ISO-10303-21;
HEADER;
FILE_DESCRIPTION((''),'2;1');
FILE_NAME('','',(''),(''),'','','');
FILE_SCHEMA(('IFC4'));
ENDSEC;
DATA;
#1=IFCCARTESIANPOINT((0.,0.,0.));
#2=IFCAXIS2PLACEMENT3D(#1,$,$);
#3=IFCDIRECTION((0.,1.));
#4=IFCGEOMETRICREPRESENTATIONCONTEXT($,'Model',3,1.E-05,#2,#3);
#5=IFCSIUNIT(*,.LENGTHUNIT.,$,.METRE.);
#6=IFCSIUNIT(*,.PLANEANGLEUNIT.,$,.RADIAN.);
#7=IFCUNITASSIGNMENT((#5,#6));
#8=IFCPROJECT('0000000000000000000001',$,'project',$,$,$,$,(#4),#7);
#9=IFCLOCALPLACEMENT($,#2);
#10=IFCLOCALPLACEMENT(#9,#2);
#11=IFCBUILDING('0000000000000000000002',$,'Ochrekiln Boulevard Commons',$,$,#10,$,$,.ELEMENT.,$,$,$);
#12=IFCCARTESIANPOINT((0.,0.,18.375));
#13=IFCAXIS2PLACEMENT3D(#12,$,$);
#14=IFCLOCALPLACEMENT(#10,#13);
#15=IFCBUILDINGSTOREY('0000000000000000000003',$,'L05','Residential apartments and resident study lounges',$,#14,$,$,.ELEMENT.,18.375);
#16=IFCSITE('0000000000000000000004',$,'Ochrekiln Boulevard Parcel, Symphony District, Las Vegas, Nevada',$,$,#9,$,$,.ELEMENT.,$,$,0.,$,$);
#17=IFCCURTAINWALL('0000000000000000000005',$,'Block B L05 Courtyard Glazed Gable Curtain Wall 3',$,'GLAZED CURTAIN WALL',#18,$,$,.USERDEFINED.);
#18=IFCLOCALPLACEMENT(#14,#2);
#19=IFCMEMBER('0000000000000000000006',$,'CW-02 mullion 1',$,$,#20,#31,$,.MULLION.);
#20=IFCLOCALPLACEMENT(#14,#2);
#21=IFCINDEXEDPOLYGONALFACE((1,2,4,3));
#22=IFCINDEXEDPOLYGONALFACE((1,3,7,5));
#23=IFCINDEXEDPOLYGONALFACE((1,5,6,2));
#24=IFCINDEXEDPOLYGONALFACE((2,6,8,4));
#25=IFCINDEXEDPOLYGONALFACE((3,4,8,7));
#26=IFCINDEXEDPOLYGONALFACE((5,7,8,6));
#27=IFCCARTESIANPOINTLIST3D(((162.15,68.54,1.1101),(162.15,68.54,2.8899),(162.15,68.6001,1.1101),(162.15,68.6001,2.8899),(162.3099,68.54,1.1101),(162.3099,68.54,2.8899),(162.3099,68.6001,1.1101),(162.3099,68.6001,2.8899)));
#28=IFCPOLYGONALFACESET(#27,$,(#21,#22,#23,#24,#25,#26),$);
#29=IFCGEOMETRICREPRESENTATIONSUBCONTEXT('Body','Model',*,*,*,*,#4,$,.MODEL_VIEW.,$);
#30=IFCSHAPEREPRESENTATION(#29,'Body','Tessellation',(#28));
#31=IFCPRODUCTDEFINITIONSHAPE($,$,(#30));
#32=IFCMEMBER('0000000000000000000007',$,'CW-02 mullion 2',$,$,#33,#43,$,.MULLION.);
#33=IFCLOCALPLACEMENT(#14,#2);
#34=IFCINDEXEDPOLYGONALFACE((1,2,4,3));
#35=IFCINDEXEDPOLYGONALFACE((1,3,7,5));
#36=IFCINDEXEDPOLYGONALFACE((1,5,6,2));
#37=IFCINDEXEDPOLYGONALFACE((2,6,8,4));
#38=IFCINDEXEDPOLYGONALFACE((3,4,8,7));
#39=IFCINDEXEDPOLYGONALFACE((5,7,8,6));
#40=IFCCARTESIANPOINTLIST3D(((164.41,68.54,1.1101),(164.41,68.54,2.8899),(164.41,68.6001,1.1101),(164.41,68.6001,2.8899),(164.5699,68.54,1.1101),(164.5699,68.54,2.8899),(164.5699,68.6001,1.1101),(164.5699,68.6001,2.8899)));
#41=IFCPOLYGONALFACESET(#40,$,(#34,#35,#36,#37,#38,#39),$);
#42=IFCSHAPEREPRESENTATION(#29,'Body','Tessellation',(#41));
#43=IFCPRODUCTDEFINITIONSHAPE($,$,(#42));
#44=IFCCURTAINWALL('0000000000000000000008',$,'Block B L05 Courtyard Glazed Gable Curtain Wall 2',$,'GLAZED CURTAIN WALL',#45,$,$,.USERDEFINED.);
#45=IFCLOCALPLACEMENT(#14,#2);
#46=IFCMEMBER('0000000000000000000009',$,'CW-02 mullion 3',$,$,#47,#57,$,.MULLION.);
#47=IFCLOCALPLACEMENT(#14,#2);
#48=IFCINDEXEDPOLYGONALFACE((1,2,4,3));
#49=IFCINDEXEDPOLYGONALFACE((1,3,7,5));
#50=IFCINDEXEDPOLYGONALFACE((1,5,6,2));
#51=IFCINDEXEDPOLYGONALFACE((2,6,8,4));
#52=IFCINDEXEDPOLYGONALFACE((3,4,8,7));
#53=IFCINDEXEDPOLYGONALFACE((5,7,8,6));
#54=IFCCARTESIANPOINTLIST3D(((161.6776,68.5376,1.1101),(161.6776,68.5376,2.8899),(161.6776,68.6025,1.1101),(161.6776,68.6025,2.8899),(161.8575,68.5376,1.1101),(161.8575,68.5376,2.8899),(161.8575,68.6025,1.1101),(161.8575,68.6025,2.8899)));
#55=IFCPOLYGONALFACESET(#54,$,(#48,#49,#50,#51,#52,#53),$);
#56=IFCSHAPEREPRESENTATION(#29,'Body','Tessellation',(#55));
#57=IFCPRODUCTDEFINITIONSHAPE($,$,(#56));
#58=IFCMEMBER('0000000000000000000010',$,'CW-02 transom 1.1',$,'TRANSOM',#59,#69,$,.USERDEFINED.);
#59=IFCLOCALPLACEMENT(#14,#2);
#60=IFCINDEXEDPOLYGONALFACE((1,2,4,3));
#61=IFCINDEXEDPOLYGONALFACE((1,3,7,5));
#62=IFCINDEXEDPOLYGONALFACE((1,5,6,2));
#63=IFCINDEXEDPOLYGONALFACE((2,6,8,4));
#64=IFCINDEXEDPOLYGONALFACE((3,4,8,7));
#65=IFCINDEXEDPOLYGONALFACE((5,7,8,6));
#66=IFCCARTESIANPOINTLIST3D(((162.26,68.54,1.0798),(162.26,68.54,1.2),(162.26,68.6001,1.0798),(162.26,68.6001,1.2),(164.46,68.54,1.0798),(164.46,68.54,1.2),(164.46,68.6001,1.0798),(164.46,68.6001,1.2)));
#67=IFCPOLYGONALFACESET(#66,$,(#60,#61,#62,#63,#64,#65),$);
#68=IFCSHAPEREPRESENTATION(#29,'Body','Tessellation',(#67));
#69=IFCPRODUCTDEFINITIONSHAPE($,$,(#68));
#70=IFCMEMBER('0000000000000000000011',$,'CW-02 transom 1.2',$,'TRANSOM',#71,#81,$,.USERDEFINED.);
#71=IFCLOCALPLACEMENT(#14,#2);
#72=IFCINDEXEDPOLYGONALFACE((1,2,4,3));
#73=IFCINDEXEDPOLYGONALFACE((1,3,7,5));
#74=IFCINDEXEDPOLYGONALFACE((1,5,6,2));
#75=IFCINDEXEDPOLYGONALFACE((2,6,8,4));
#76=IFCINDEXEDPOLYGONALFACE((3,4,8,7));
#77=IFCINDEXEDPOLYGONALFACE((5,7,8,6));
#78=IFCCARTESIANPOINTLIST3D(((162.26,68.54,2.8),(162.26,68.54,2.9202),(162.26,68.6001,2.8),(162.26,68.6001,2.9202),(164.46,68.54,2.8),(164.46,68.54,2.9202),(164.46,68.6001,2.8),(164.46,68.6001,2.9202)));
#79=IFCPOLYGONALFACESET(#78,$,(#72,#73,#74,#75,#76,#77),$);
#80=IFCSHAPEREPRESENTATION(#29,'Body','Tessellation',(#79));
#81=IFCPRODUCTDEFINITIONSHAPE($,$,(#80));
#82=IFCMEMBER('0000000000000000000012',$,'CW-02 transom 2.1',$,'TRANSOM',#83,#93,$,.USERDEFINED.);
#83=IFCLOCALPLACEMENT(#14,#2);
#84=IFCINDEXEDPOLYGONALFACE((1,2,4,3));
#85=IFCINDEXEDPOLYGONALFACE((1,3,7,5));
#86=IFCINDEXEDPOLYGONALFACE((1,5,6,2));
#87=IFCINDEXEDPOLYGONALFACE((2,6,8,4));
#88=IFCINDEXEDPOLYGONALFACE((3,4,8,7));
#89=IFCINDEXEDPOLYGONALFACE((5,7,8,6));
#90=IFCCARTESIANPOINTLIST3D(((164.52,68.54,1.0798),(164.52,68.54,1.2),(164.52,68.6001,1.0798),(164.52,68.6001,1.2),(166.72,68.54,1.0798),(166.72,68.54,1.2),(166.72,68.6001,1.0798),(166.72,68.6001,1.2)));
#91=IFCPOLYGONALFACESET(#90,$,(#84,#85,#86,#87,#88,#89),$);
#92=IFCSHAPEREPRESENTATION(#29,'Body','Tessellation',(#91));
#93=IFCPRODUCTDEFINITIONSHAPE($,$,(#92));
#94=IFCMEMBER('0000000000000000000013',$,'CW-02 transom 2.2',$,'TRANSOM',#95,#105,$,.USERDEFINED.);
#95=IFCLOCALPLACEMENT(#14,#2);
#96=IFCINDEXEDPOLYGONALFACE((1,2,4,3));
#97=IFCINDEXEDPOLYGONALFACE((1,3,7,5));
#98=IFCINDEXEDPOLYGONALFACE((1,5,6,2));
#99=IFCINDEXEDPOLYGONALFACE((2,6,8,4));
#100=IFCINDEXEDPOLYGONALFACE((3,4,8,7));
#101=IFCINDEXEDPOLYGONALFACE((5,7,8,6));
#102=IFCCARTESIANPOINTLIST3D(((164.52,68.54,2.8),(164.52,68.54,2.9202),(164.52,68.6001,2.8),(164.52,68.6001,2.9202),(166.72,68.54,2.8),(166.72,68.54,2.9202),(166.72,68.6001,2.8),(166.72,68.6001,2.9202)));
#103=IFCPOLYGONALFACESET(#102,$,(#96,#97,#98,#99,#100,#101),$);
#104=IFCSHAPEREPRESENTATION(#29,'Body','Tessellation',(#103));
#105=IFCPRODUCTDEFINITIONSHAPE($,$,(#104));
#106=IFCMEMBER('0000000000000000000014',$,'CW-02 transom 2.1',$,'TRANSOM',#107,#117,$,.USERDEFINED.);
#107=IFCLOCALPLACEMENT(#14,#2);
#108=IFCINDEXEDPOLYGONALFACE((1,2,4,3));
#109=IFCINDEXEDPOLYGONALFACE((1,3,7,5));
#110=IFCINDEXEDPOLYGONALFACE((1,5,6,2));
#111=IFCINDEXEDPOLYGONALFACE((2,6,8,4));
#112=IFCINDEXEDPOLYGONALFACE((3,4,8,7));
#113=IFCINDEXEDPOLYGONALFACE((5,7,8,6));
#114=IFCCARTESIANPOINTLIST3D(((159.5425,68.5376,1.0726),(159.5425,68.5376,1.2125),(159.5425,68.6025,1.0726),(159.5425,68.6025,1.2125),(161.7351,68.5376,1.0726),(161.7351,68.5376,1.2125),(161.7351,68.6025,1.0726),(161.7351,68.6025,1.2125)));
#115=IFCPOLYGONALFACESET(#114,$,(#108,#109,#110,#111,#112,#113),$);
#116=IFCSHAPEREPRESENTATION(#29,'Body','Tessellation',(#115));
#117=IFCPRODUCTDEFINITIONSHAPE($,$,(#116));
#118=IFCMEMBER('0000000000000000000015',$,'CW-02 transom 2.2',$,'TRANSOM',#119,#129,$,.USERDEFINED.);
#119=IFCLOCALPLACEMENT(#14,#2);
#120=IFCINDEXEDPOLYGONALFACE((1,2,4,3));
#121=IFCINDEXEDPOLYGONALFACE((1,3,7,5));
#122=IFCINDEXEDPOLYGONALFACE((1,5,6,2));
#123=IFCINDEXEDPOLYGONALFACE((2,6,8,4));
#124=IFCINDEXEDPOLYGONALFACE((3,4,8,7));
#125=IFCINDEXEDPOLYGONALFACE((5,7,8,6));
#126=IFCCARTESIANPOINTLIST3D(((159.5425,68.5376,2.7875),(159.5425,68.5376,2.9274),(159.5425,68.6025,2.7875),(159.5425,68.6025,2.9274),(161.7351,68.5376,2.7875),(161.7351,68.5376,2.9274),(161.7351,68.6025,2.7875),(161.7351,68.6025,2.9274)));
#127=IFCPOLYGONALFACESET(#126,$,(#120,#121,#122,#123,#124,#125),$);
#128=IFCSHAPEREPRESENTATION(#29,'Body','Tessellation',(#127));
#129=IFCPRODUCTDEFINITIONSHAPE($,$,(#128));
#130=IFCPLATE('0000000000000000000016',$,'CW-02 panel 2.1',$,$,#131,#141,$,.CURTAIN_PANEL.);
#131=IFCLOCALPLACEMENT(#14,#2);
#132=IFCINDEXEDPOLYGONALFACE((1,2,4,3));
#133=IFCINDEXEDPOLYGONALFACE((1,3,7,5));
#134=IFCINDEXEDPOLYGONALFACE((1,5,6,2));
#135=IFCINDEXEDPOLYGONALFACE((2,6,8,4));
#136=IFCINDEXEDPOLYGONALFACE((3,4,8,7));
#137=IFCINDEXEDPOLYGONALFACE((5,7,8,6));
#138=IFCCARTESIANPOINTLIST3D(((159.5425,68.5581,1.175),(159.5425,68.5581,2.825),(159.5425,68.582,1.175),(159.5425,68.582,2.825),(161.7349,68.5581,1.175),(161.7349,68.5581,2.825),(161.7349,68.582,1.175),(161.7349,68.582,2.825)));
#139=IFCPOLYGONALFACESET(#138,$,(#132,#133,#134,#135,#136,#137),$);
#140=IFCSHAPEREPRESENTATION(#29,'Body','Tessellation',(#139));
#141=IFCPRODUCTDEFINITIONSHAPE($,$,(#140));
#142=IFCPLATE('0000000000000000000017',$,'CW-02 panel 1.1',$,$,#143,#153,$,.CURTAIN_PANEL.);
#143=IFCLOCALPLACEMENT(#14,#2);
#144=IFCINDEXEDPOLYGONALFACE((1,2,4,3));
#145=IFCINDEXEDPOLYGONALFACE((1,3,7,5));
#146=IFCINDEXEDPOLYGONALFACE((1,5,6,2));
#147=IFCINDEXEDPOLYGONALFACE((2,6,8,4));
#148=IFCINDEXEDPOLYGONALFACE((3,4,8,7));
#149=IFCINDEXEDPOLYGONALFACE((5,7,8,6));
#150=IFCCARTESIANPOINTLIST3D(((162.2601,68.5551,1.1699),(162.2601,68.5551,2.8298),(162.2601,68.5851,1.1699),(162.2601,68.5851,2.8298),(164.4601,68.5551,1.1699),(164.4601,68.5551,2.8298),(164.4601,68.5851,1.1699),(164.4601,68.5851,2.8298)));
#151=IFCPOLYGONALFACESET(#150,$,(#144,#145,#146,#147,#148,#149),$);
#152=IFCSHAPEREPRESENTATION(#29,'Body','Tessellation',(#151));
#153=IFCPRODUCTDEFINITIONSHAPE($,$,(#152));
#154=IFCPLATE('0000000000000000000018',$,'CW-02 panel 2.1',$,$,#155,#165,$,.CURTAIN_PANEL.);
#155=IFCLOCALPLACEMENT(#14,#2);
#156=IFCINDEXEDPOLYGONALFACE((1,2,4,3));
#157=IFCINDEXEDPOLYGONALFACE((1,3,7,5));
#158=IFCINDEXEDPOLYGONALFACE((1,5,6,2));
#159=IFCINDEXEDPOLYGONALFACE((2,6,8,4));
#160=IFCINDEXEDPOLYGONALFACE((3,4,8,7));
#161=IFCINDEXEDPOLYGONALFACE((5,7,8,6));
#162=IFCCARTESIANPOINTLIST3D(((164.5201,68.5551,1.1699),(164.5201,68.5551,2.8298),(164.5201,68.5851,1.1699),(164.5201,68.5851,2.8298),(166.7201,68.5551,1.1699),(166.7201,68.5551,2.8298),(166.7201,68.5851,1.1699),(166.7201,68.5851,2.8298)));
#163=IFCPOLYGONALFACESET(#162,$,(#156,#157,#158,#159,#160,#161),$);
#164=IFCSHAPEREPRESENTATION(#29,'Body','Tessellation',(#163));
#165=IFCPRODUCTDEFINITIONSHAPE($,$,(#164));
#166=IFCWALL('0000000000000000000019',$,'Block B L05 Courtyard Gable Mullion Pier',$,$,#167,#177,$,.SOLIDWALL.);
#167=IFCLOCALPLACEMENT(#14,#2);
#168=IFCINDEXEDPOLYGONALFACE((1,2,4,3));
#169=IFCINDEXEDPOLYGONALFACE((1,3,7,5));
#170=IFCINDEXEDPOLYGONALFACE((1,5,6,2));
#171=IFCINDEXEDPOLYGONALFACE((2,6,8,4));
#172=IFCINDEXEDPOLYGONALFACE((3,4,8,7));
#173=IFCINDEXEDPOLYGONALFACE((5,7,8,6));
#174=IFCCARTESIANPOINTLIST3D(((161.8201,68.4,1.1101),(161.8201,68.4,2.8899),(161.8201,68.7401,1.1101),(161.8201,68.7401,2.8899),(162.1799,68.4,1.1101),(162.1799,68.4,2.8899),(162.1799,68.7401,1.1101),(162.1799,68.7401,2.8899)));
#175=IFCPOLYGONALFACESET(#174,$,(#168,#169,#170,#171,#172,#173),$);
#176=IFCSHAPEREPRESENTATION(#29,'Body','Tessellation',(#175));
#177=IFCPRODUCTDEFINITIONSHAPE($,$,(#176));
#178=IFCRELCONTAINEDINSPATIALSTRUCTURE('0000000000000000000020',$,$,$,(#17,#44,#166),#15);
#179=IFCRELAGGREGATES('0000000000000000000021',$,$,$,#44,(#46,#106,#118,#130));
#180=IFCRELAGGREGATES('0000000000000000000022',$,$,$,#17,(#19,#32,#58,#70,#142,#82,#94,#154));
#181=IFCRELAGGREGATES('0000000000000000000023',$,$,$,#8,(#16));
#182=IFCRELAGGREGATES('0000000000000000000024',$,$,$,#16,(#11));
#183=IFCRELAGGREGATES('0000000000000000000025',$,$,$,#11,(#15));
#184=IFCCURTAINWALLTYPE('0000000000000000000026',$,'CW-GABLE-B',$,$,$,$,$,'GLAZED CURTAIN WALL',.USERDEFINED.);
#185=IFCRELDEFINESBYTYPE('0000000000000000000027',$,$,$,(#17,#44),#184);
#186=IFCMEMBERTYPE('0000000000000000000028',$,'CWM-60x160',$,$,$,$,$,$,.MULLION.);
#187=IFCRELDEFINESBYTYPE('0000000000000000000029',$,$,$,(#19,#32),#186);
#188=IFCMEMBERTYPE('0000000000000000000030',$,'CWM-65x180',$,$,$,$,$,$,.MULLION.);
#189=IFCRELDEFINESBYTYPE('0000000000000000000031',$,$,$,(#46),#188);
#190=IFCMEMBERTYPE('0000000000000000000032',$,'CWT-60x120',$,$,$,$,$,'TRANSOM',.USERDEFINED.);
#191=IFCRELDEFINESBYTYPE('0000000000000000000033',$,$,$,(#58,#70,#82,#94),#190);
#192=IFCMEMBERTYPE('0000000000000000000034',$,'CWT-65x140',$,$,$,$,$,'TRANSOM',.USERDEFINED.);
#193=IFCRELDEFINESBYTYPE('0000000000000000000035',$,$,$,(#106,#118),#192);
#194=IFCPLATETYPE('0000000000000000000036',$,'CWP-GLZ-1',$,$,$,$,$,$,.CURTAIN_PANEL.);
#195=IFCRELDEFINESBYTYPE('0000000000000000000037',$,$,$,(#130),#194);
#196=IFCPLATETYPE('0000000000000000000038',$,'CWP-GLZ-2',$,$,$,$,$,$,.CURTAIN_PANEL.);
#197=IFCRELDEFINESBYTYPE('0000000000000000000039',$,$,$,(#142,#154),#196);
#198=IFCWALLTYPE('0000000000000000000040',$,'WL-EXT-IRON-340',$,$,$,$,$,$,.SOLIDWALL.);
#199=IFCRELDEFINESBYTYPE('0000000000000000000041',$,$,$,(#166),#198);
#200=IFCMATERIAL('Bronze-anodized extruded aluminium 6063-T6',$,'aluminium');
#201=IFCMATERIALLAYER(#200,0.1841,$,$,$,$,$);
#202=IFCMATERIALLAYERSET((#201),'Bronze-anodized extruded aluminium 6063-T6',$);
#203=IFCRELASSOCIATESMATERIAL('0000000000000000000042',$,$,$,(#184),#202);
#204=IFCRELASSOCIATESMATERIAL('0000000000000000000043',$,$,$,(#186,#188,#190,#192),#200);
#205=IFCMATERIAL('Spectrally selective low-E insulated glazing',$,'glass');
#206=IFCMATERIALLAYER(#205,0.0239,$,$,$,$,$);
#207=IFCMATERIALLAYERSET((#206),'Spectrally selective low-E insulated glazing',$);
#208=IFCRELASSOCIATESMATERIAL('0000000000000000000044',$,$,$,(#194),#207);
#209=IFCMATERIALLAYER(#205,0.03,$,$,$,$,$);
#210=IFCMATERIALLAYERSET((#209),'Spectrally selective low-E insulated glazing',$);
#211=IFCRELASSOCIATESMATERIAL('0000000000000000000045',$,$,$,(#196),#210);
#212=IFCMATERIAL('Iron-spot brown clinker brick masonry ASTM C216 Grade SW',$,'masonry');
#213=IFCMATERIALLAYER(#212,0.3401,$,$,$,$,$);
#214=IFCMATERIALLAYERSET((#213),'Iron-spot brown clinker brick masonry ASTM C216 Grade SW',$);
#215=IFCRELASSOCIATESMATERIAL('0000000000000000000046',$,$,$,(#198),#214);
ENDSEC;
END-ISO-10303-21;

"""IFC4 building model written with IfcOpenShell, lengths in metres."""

from ifc_helpers import new_model, si_unit, direction, frame, frame_2d, origin, origin_2d, place, context, subcontext, project, spatial, rectangle, extrude, material, layer, layer_set, material_profile, profile_set, type_object, element, aggregate, save


model = new_model("IFC4")

# Units and contexts
model_context = context("Model", 3, precision=1e-05, world=origin(), true_north=direction((0.0, 1.0)))
body_context = subcontext(model_context, "Body", "Model", "MODEL_VIEW")
ifc_project = project(units=[si_unit("LENGTHUNIT", "METRE"), si_unit("PLANEANGLEUNIT", "RADIAN")], contexts=[model_context])

# Site, building, storey
site_placement = place(None, origin())
site = spatial("IfcSite", under=ifc_project, at=site_placement, Name="Ochrekiln Boulevard Parcel, Symphony District, Las Vegas, Nevada", CompositionType="ELEMENT", RefElevation=0.0)
building_placement = place(site_placement, origin())
building = spatial("IfcBuilding", under=site, at=building_placement, Name="Ochrekiln Boulevard Commons", CompositionType="ELEMENT")
storey_placement = place(building_placement, frame((0.0, 0.0, 18.375)))
storey = spatial("IfcBuildingStorey", under=building, at=storey_placement, Name="L05", Description="Residential apartments and resident study lounges", CompositionType="ELEMENT", Elevation=18.375)

# Curtain wall, members
ifc_material_1 = material(Name="Bronze-anodized extruded aluminium 6063-T6", Category="aluminium")
ifc_layer_1 = layer(ifc_material_1, 0.1841)
ifc_layer_set_1 = layer_set([ifc_layer_1], Name="Bronze-anodized extruded aluminium 6063-T6")
curtain_wall_type = type_object("IfcCurtainWallType", Name="CW-GABLE-B", ElementType="GLAZED CURTAIN WALL", PredefinedType="USERDEFINED", material=ifc_layer_set_1)
curtain_wall_1_placement = place(storey_placement, origin())
curtain_wall_1 = element("IfcCurtainWall", 1, at=curtain_wall_1_placement, inside=storey, type_object=curtain_wall_type, Name="Block B L05 Courtyard Glazed Gable Curtain Wall 3", ObjectType="GLAZED CURTAIN WALL", PredefinedType="USERDEFINED")
ifc_material_profile_1 = material_profile(ifc_material_1, rectangle(XDim=0.0601, YDim=0.1599, at=origin_2d()), Name="ALU-MUL-60x160")
ifc_profile_set_1 = profile_set([ifc_material_profile_1], Name="Bronze-anodized extruded aluminium 6063-T6")
member_type_1 = type_object("IfcMemberType", Name="CWM-60x160", PredefinedType="MULLION", material=ifc_profile_set_1)
member_1_placement = place(storey_placement, frame((162.23, 68.5701, 1.1101), z_axis=(0.0, 0.0, 1.0), x_axis=(0.0, 1.0, 0.0)))
member_1 = element("IfcMember", 2, at=member_1_placement, type_object=member_type_1, Name="CW-02 mullion 1", PredefinedType="MULLION", context=body_context, shape_type="SweptSolid", body=[
    extrude(rectangle(XDim=0.0601, YDim=0.1599, at=origin_2d()), origin(), (0.0, 0.0, 1.0), 1.7798),
])
member_2_placement = place(storey_placement, frame((164.49, 68.5701, 1.1101), z_axis=(0.0, 0.0, 1.0), x_axis=(0.0, 1.0, 0.0)))
member_2 = element("IfcMember", 3, at=member_2_placement, type_object=member_type_1, Name="CW-02 mullion 2", PredefinedType="MULLION", context=body_context, shape_type="SweptSolid", body=[
    extrude(rectangle(XDim=0.0601, YDim=0.1599, at=origin_2d()), origin(), (0.0, 0.0, 1.0), 1.7798),
])

# Curtain wall, member
curtain_wall_2_placement = place(storey_placement, origin())
curtain_wall_2 = element("IfcCurtainWall", 4, at=curtain_wall_2_placement, inside=storey, type_object=curtain_wall_type, Name="Block B L05 Courtyard Glazed Gable Curtain Wall 2", ObjectType="GLAZED CURTAIN WALL", PredefinedType="USERDEFINED")
ifc_material_profile_2 = material_profile(ifc_material_1, rectangle(XDim=0.0649, YDim=0.1799, at=origin_2d()), Name="ALU-MUL-65x180")
ifc_profile_set_2 = profile_set([ifc_material_profile_2], Name="Bronze-anodized extruded aluminium 6063-T6")
member_type_2 = type_object("IfcMemberType", Name="CWM-65x180", PredefinedType="MULLION", material=ifc_profile_set_2)
member_3_placement = place(storey_placement, frame((161.7676, 68.5701, 1.1101), z_axis=(0.0, 0.0, 1.0), x_axis=(0.0, 1.0, 0.0)))
member_3 = element("IfcMember", 5, at=member_3_placement, type_object=member_type_2, Name="CW-02 mullion 3", PredefinedType="MULLION", context=body_context, shape_type="SweptSolid", body=[
    extrude(rectangle(XDim=0.0649, YDim=0.1799, at=origin_2d()), origin(), (0.0, 0.0, 1.0), 1.7798),
])

# Members
ifc_material_profile_3 = material_profile(ifc_material_1, rectangle(XDim=0.0601, YDim=0.1201, at=origin_2d()), Name="ALU-TRN-60x120")
ifc_profile_set_3 = profile_set([ifc_material_profile_3], Name="Bronze-anodized extruded aluminium 6063-T6")
member_type_3 = type_object("IfcMemberType", Name="CWT-60x120", ElementType="TRANSOM", PredefinedType="USERDEFINED", material=ifc_profile_set_3)
member_4_placement = place(storey_placement, frame((162.26, 68.5701, 1.1399), z_axis=(1.0, 0.0, 0.0), x_axis=(0.0, 1.0, 0.0)))
member_4 = element("IfcMember", 6, at=member_4_placement, type_object=member_type_3, Name="CW-02 transom 1.1", ObjectType="TRANSOM", PredefinedType="USERDEFINED", context=body_context, shape_type="SweptSolid", body=[
    extrude(rectangle(XDim=0.0601, YDim=0.1201, at=origin_2d()), origin(), (0.0, 0.0, 1.0), 2.2),
])
member_5_placement = place(storey_placement, frame((162.26, 68.5701, 2.8601), z_axis=(1.0, 0.0, 0.0), x_axis=(0.0, 1.0, 0.0)))
member_5 = element("IfcMember", 7, at=member_5_placement, type_object=member_type_3, Name="CW-02 transom 1.2", ObjectType="TRANSOM", PredefinedType="USERDEFINED", context=body_context, shape_type="SweptSolid", body=[
    extrude(rectangle(XDim=0.0601, YDim=0.1201, at=origin_2d()), origin(), (0.0, 0.0, 1.0), 2.2),
])
member_6_placement = place(storey_placement, frame((164.52, 68.5701, 1.1399), z_axis=(1.0, 0.0, 0.0), x_axis=(0.0, 1.0, 0.0)))
member_6 = element("IfcMember", 8, at=member_6_placement, type_object=member_type_3, Name="CW-02 transom 2.1", ObjectType="TRANSOM", PredefinedType="USERDEFINED", context=body_context, shape_type="SweptSolid", body=[
    extrude(rectangle(XDim=0.0601, YDim=0.1201, at=origin_2d()), origin(), (0.0, 0.0, 1.0), 2.2),
])
member_7_placement = place(storey_placement, frame((164.52, 68.5701, 2.8601), z_axis=(1.0, 0.0, 0.0), x_axis=(0.0, 1.0, 0.0)))
member_7 = element("IfcMember", 9, at=member_7_placement, type_object=member_type_3, Name="CW-02 transom 2.2", ObjectType="TRANSOM", PredefinedType="USERDEFINED", context=body_context, shape_type="SweptSolid", body=[
    extrude(rectangle(XDim=0.0601, YDim=0.1201, at=origin_2d()), origin(), (0.0, 0.0, 1.0), 2.2),
])
ifc_material_profile_4 = material_profile(ifc_material_1, rectangle(XDim=0.0649, YDim=0.1399, at=origin_2d()), Name="ALU-TRN-65x140")
ifc_profile_set_4 = profile_set([ifc_material_profile_4], Name="Bronze-anodized extruded aluminium 6063-T6")
member_type_4 = type_object("IfcMemberType", Name="CWT-65x140", ElementType="TRANSOM", PredefinedType="USERDEFINED", material=ifc_profile_set_4)
member_8_placement = place(storey_placement, frame((159.5425, 68.5701, 1.1426), z_axis=(1.0, 0.0, 0.0), x_axis=(0.0, 1.0, 0.0)))
member_8 = element("IfcMember", 10, at=member_8_placement, type_object=member_type_4, Name="CW-02 transom 2.1", ObjectType="TRANSOM", PredefinedType="USERDEFINED", context=body_context, shape_type="SweptSolid", body=[
    extrude(rectangle(XDim=0.0649, YDim=0.1399, at=origin_2d()), origin(), (0.0, 0.0, 1.0), 2.1926),
])
member_9_placement = place(storey_placement, frame((159.5425, 68.5701, 2.8574), z_axis=(1.0, 0.0, 0.0), x_axis=(0.0, 1.0, 0.0)))
member_9 = element("IfcMember", 11, at=member_9_placement, type_object=member_type_4, Name="CW-02 transom 2.2", ObjectType="TRANSOM", PredefinedType="USERDEFINED", context=body_context, shape_type="SweptSolid", body=[
    extrude(rectangle(XDim=0.0649, YDim=0.1399, at=origin_2d()), origin(), (0.0, 0.0, 1.0), 2.1926),
])

# Plates
ifc_material_2 = material(Name="Spectrally selective low-E insulated glazing", Category="glass")
ifc_layer_2 = layer(ifc_material_2, 0.0239)
ifc_layer_set_2 = layer_set([ifc_layer_2], Name="Spectrally selective low-E insulated glazing")
plate_type_1 = type_object("IfcPlateType", Name="CWP-GLZ-1", PredefinedType="CURTAIN_PANEL", material=ifc_layer_set_2)
plate_1_placement = place(storey_placement, frame((160.6387, 68.5701, 1.175), z_axis=(0.0, 0.0, 1.0), x_axis=(1.0, 0.0, 0.0)))
plate_1 = element("IfcPlate", 12, at=plate_1_placement, type_object=plate_type_1, Name="CW-02 panel 2.1", PredefinedType="CURTAIN_PANEL", context=body_context, shape_type="SweptSolid", body=[
    extrude(rectangle(XDim=2.1924, YDim=0.0239, at=origin_2d()), origin(), (0.0, 0.0, 1.0), 1.6499),
])
aggregate(curtain_wall_2, [member_3, member_8, member_9, plate_1])
ifc_layer_3 = layer(ifc_material_2, 0.03)
ifc_layer_set_3 = layer_set([ifc_layer_3], Name="Spectrally selective low-E insulated glazing")
plate_type_2 = type_object("IfcPlateType", Name="CWP-GLZ-2", PredefinedType="CURTAIN_PANEL", material=ifc_layer_set_3)
plate_2_placement = place(storey_placement, frame((163.3601, 68.5701, 1.1699), z_axis=(0.0, 0.0, 1.0), x_axis=(1.0, 0.0, 0.0)))
plate_2 = element("IfcPlate", 13, at=plate_2_placement, type_object=plate_type_2, Name="CW-02 panel 1.1", PredefinedType="CURTAIN_PANEL", context=body_context, shape_type="SweptSolid", body=[
    extrude(rectangle(XDim=2.2, YDim=0.03, at=origin_2d()), origin(), (0.0, 0.0, 1.0), 1.6599),
])
plate_3_placement = place(storey_placement, frame((165.6201, 68.5701, 1.1699), z_axis=(0.0, 0.0, 1.0), x_axis=(1.0, 0.0, 0.0)))
plate_3 = element("IfcPlate", 14, at=plate_3_placement, type_object=plate_type_2, Name="CW-02 panel 2.1", PredefinedType="CURTAIN_PANEL", context=body_context, shape_type="SweptSolid", body=[
    extrude(rectangle(XDim=2.2, YDim=0.03, at=origin_2d()), origin(), (0.0, 0.0, 1.0), 1.6599),
])
aggregate(curtain_wall_1, [member_1, member_2, member_4, member_5, plate_2, member_6, member_7, plate_3])

# Wall
ifc_material_3 = material(Name="Iron-spot brown clinker brick masonry ASTM C216 Grade SW", Category="masonry")
ifc_layer_4 = layer(ifc_material_3, 0.3401)
ifc_layer_set_4 = layer_set([ifc_layer_4], Name="Iron-spot brown clinker brick masonry ASTM C216 Grade SW")
wall_type_1 = type_object("IfcWallType", Name="WL-EXT-IRON-340", PredefinedType="SOLIDWALL", material=ifc_layer_set_4)
wall_1_placement = place(storey_placement, frame((161.8201, 68.5701, 1.1101), z_axis=(0.0, 0.0, 1.0), x_axis=(1.0, 0.0, 0.0)))
element("IfcWall", 15, at=wall_1_placement, inside=storey, type_object=wall_type_1, Name="Block B L05 Courtyard Gable Mullion Pier", PredefinedType="SOLIDWALL", context=body_context, shape_type="SweptSolid", body=[
    extrude(rectangle(XDim=0.3599, YDim=0.3401, at=frame_2d((0.1799, 0.0))), origin(), (0.0, 0.0, 1.0), 1.7798),
])

save(model, "model.ifc")
